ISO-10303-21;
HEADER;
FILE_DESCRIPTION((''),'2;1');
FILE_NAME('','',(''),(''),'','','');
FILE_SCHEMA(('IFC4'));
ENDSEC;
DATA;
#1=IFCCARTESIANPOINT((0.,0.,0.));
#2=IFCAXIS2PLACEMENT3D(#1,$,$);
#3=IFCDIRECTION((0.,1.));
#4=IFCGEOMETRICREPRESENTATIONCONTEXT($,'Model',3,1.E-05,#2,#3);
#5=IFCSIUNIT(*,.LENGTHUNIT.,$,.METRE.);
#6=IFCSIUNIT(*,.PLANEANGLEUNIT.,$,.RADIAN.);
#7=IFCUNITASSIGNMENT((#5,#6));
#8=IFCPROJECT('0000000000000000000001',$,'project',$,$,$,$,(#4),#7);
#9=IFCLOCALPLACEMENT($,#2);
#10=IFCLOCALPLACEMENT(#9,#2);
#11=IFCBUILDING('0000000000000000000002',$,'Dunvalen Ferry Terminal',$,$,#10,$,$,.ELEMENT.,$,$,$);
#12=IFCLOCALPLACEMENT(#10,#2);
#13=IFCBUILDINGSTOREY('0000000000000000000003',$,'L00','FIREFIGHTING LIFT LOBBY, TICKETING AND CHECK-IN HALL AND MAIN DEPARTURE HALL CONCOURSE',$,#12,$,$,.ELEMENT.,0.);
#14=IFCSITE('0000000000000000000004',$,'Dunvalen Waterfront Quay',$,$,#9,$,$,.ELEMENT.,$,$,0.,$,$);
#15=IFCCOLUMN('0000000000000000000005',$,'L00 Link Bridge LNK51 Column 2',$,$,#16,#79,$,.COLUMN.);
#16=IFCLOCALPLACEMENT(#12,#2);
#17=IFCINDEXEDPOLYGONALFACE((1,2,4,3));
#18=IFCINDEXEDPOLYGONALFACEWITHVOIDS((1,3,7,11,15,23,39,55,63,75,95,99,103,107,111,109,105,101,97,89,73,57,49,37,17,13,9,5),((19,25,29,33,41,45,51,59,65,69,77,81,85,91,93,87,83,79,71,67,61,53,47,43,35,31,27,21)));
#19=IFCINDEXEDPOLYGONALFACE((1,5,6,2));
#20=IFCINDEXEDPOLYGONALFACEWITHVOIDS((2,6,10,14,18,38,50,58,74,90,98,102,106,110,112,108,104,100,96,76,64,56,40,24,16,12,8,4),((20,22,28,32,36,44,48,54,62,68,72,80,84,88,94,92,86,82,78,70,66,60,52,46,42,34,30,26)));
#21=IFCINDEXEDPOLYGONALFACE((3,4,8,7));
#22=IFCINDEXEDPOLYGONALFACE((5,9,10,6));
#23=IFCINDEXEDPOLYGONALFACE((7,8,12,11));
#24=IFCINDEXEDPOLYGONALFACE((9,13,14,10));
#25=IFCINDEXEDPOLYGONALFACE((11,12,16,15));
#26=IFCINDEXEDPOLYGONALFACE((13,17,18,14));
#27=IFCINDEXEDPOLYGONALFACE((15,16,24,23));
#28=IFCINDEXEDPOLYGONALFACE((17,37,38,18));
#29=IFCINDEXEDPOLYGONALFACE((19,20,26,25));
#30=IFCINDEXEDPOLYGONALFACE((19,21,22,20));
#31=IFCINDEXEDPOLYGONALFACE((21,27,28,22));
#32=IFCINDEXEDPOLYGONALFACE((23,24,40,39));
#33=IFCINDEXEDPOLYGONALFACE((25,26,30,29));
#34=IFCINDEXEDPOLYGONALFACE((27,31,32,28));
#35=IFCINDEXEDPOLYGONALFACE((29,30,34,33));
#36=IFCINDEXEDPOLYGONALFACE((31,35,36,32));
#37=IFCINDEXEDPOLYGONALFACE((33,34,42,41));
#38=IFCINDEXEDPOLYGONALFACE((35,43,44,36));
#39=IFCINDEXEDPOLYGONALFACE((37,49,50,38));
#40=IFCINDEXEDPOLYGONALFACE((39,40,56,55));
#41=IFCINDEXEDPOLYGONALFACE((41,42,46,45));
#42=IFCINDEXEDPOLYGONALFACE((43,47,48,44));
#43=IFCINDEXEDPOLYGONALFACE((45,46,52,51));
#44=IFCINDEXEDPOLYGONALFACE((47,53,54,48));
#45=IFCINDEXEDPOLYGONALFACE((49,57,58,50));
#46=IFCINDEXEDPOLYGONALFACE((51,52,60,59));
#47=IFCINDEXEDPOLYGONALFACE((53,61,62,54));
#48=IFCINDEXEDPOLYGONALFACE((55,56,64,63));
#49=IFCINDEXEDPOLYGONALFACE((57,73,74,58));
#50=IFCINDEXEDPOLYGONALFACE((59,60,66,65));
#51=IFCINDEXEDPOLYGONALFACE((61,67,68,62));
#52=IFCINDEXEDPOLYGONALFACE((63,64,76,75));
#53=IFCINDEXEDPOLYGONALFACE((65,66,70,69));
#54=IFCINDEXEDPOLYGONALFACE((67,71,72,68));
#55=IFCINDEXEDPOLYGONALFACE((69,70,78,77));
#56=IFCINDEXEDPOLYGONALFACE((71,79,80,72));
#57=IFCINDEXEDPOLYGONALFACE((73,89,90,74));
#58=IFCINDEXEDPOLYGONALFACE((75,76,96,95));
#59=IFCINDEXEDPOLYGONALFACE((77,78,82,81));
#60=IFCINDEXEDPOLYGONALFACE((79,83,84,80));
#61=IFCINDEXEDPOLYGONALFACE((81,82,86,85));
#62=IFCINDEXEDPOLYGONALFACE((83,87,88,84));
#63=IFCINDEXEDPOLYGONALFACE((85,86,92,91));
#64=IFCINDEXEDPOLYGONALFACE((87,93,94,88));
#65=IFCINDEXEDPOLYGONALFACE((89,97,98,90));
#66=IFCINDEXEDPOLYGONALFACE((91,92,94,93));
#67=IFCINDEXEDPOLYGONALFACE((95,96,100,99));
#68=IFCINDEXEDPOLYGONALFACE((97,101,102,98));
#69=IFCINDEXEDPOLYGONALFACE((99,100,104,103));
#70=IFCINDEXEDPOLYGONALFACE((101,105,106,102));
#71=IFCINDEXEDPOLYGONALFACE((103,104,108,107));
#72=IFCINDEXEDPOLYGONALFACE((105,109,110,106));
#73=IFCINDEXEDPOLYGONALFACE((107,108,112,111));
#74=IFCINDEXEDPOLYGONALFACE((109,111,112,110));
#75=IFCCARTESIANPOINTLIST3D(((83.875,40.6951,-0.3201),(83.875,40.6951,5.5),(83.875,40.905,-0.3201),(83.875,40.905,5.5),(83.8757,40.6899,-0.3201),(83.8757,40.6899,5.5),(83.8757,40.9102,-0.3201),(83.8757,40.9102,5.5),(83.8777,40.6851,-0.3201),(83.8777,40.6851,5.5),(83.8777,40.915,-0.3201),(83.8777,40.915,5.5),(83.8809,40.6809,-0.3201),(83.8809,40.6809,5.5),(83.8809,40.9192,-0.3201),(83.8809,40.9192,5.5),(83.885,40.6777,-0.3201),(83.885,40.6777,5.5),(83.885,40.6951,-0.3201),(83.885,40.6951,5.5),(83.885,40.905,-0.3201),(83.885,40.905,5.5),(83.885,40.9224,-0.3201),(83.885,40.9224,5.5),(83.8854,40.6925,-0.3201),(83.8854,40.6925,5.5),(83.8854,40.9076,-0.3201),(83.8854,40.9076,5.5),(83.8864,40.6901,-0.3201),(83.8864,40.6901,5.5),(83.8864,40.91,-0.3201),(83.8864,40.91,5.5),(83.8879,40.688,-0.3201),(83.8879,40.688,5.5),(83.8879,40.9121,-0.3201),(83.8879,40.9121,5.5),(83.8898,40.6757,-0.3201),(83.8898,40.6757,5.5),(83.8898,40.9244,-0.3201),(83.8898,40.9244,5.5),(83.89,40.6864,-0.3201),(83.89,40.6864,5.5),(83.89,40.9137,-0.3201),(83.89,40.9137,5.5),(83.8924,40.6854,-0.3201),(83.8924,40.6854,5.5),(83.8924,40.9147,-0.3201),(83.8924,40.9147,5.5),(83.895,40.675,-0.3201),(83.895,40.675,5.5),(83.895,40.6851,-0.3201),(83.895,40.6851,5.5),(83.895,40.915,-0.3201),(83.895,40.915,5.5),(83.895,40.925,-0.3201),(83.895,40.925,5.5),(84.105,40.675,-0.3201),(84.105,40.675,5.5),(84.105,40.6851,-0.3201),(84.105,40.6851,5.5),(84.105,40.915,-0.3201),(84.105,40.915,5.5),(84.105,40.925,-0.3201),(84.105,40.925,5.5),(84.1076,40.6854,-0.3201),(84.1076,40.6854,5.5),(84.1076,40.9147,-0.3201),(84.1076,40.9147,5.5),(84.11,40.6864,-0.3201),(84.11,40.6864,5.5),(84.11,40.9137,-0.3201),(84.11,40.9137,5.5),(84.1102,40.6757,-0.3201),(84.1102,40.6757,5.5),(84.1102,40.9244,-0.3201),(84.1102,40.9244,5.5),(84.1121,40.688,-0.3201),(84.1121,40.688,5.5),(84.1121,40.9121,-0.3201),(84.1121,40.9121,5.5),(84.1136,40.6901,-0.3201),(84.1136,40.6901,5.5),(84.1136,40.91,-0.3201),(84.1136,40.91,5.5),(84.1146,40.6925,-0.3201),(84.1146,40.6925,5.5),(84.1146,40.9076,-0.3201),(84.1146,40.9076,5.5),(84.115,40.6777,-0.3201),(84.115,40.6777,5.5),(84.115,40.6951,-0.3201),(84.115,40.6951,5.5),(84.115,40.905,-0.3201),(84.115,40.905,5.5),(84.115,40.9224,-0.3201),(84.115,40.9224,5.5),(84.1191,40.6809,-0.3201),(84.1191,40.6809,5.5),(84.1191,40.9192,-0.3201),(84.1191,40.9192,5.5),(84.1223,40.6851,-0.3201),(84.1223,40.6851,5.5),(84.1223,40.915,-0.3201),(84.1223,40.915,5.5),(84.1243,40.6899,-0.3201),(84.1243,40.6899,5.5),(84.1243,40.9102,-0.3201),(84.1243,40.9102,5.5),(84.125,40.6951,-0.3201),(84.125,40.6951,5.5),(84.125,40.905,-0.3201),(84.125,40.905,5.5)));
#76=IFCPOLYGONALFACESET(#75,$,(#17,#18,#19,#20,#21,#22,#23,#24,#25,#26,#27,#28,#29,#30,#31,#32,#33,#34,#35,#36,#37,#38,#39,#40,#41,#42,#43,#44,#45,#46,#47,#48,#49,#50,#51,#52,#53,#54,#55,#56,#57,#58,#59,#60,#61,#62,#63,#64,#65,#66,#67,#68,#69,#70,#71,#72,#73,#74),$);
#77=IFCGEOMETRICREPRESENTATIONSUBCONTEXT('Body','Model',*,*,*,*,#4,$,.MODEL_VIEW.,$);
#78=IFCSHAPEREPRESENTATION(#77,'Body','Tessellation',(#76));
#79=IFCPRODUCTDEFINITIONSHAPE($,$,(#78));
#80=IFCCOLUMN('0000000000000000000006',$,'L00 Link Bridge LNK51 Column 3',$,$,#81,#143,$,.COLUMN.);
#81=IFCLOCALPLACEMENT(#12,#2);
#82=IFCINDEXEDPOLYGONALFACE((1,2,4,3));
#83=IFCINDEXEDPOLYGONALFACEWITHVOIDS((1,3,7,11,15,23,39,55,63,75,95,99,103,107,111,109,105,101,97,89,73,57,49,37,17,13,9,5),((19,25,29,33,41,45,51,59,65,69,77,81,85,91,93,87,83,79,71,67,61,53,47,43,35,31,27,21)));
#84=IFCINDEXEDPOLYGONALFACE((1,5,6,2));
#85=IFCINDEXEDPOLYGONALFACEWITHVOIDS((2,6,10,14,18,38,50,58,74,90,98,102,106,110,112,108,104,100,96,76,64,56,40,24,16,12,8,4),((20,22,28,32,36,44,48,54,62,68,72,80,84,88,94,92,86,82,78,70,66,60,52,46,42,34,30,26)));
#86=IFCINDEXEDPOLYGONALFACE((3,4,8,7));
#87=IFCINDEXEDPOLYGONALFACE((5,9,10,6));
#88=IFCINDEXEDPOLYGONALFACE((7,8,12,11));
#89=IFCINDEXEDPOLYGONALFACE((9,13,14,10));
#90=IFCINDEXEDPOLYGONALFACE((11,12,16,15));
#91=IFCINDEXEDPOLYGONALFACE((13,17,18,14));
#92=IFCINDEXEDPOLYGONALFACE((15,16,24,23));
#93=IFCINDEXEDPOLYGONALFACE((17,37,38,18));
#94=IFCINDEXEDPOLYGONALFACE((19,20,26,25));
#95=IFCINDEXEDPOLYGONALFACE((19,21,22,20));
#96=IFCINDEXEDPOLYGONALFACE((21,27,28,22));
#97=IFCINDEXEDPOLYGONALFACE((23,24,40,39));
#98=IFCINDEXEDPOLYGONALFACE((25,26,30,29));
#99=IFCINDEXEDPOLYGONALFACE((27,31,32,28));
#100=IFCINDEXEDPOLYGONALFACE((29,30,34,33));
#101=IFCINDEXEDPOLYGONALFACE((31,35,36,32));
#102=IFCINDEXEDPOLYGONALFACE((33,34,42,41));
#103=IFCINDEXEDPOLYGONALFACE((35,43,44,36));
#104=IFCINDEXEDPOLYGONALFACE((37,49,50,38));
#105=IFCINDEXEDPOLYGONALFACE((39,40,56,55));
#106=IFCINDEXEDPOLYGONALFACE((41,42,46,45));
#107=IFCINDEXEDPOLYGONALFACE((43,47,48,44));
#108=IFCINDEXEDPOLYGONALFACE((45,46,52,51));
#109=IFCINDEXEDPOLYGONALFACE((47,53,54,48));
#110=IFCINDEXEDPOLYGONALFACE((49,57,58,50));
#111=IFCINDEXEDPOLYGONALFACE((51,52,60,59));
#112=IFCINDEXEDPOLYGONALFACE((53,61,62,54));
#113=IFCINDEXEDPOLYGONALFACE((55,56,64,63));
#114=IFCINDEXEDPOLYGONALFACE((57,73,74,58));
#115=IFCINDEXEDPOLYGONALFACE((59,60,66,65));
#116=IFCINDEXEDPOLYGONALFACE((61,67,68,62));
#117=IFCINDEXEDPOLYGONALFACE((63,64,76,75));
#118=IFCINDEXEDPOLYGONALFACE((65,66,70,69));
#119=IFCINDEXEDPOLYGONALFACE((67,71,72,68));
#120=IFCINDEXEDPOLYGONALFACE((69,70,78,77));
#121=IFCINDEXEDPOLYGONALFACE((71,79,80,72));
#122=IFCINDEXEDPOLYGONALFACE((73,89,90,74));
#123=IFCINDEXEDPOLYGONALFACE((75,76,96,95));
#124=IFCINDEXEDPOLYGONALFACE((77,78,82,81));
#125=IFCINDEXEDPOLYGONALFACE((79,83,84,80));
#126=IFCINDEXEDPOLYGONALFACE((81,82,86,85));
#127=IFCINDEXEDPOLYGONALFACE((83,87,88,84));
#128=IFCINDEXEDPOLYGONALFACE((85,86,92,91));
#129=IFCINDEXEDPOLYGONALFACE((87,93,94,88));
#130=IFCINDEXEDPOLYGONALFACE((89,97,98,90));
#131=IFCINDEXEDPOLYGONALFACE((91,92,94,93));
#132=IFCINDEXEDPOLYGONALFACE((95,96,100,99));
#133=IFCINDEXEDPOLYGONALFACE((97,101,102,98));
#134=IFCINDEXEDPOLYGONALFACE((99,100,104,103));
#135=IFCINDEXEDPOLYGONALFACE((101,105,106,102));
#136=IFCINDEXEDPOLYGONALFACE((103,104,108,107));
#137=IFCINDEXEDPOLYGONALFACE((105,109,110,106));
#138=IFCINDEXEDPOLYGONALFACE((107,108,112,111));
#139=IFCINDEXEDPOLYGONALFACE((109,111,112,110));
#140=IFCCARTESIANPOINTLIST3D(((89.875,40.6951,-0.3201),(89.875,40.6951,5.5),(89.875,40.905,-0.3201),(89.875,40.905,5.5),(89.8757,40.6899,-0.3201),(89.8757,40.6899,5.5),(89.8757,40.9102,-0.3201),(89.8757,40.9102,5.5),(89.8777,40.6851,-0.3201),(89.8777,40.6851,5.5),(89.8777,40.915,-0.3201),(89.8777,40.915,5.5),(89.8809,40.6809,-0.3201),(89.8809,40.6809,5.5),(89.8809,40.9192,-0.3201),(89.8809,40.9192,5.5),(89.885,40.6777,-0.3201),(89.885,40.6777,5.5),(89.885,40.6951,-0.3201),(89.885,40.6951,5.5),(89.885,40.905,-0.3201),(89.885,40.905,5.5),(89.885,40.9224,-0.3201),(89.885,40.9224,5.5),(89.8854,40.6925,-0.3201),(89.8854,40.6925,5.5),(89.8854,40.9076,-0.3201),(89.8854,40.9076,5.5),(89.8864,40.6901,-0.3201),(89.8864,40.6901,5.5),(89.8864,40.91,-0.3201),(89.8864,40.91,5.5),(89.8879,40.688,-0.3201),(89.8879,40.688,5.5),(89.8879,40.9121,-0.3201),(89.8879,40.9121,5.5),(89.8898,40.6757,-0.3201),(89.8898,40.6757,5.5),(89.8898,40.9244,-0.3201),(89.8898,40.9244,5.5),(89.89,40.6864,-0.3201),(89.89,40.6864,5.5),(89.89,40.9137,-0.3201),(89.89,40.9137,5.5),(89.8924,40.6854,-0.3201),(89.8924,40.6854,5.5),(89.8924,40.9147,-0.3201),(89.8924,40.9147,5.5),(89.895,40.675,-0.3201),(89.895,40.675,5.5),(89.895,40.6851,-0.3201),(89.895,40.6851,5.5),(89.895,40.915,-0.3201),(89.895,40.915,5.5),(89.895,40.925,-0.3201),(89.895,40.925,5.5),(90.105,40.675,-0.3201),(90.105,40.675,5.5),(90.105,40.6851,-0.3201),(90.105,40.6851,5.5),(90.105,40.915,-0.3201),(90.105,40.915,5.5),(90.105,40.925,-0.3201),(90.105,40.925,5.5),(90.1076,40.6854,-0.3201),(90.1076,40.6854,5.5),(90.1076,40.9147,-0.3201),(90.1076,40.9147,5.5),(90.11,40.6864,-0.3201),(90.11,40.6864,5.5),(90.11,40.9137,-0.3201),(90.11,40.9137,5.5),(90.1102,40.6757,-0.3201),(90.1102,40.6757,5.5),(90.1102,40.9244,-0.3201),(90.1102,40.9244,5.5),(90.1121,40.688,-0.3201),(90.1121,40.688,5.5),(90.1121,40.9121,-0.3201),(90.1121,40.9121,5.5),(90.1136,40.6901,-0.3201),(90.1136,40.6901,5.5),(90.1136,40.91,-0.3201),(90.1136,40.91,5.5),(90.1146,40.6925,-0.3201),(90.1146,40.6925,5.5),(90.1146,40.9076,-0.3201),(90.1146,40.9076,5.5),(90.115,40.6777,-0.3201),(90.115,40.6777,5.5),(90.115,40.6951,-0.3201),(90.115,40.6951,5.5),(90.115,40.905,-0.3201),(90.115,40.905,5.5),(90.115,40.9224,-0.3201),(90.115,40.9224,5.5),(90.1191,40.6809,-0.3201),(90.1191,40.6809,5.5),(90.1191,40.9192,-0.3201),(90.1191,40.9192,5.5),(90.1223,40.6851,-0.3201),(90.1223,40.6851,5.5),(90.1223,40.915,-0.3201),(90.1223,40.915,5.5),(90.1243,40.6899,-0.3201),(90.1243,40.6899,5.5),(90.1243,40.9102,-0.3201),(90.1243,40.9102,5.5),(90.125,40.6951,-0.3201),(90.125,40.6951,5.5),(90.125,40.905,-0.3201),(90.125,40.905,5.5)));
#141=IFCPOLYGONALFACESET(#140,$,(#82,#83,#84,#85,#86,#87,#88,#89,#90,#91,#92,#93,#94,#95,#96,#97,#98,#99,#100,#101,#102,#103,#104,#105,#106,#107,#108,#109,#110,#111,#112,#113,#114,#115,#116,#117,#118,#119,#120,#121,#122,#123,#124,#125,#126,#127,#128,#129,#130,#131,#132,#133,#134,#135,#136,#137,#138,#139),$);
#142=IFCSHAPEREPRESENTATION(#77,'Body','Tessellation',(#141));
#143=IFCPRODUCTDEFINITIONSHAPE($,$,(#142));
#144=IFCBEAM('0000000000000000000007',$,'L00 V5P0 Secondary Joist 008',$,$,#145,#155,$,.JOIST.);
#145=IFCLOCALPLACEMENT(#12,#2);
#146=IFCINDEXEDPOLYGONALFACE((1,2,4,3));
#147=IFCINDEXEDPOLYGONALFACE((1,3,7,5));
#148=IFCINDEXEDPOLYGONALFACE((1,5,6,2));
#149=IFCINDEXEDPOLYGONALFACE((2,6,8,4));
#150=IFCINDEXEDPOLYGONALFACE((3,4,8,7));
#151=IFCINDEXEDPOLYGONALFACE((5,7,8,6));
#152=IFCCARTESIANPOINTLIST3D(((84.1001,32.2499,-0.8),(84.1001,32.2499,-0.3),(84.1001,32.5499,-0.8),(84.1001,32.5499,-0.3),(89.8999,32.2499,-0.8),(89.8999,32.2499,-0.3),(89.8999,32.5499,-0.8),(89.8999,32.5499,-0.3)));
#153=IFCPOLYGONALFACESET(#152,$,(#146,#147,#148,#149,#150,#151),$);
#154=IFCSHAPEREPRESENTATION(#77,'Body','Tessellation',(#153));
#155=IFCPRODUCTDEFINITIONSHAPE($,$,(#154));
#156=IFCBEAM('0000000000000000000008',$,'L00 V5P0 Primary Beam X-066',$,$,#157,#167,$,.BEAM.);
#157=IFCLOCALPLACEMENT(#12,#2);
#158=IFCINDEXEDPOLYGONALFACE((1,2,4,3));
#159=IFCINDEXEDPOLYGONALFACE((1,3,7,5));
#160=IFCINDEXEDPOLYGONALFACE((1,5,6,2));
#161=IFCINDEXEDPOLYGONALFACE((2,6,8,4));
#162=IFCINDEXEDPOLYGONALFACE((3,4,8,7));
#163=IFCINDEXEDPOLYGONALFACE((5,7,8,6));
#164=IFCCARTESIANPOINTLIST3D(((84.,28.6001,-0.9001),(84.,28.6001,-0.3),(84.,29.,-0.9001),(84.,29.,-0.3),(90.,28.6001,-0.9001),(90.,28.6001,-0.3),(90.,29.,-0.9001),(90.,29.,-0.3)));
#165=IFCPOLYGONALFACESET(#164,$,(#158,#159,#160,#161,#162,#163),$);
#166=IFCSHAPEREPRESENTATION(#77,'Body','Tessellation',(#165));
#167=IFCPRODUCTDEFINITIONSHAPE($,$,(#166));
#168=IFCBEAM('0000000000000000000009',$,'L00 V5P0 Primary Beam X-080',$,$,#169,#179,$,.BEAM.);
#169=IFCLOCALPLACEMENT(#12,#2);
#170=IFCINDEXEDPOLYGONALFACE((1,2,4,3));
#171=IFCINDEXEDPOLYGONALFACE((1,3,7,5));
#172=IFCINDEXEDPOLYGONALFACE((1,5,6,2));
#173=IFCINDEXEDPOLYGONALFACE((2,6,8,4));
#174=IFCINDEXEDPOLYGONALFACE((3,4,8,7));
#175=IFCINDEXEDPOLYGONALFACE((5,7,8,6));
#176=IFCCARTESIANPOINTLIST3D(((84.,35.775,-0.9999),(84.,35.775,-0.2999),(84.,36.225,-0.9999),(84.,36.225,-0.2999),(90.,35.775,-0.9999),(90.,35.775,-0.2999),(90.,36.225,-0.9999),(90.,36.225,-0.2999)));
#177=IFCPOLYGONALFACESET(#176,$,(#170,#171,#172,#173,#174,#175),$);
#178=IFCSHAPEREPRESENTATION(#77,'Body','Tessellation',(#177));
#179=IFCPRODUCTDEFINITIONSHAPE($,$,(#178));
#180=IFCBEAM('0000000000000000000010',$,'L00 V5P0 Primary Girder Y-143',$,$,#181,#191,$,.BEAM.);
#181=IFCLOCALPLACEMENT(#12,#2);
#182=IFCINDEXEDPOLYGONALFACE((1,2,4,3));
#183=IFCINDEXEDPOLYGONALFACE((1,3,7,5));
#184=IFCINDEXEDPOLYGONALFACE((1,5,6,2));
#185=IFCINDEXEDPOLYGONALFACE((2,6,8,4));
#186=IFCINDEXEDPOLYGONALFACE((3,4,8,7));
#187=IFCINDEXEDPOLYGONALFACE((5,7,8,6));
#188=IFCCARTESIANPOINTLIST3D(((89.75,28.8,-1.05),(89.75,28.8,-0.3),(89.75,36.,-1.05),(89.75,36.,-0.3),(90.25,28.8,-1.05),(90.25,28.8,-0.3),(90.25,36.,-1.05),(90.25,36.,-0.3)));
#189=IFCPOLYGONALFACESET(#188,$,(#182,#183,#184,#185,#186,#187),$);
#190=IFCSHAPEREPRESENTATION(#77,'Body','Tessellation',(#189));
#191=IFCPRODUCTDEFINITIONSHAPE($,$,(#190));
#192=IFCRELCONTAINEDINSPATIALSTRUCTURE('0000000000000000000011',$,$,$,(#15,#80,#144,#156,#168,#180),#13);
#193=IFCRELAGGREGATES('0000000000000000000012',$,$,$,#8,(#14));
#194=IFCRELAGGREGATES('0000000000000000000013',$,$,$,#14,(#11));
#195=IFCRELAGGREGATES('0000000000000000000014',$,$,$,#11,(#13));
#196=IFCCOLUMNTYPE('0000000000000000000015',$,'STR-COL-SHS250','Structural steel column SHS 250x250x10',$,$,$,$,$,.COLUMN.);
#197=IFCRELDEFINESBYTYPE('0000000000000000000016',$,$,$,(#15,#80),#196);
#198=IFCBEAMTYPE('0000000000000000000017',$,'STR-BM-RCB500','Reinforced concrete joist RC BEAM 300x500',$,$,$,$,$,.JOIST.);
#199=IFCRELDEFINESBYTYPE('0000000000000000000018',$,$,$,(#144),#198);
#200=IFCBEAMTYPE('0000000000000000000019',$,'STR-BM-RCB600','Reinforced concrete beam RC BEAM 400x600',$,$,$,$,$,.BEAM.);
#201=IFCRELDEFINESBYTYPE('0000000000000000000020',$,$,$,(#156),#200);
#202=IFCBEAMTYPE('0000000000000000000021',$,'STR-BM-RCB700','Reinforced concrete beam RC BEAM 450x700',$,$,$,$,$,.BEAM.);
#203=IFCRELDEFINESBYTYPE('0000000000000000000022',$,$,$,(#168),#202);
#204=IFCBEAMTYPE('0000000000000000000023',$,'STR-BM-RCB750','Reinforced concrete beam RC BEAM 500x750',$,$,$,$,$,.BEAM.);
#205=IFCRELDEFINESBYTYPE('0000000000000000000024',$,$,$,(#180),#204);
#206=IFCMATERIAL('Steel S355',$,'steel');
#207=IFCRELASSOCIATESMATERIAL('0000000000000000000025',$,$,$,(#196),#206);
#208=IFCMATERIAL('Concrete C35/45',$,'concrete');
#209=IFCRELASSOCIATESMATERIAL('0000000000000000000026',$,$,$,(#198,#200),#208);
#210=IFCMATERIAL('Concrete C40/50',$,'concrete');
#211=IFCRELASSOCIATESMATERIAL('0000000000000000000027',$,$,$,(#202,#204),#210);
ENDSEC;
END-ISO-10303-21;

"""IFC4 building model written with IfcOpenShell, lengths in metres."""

from ifc_helpers import new_model, si_unit, direction, frame, origin, origin_2d, place, context, subcontext, project, spatial, rectangle, hollow_rectangle, extrude, material, material_profile, profile_set, type_object, element, save


model = new_model("IFC4")

# Units and contexts
model_context = context("Model", 3, precision=1e-05, world=origin(), true_north=direction((0.0, 1.0)))
body_context = subcontext(model_context, "Body", "Model", "MODEL_VIEW")
ifc_project = project(units=[si_unit("LENGTHUNIT", "METRE"), si_unit("PLANEANGLEUNIT", "RADIAN")], contexts=[model_context])

# Site, building, storey
site_placement = place(None, origin())
site = spatial("IfcSite", under=ifc_project, at=site_placement, Name="Dunvalen Waterfront Quay", CompositionType="ELEMENT", RefElevation=0.0)
building_placement = place(site_placement, origin())
building = spatial("IfcBuilding", under=site, at=building_placement, Name="Dunvalen Ferry Terminal", CompositionType="ELEMENT")
storey_placement = place(building_placement, origin())
storey = spatial("IfcBuildingStorey", under=building, at=storey_placement, Name="L00", Description="FIREFIGHTING LIFT LOBBY, TICKETING AND CHECK-IN HALL AND MAIN DEPARTURE HALL CONCOURSE", CompositionType="ELEMENT", Elevation=0.0)

# Shared definitions
ifc_material_1 = material(Name="Concrete C40/50", Category="concrete")

# Columns
ifc_material_2 = material(Name="Steel S355", Category="steel")
ifc_material_profile_1 = material_profile(ifc_material_2, hollow_rectangle(XDim=0.25, YDim=0.25, WallThickness=0.01, InnerFilletRadius=0.01, OuterFilletRadius=0.02, at=origin_2d()), Name="Steel S355")
ifc_profile_set_1 = profile_set([ifc_material_profile_1], Name="Steel S355")
column_type_1 = type_object("IfcColumnType", Name="STR-COL-SHS250", Description="Structural steel column SHS 250x250x10", PredefinedType="COLUMN", material=ifc_profile_set_1)
for number, where, z_axis, x_axis, name in (
    (1, (84.0, 40.8, -0.3201), (0.0, 0.0, 1.0), (1.0, 0.0, 0.0), "L00 Link Bridge LNK51 Column 2"),
    (2, (90.0, 40.8, -0.3201), (0.0, 0.0, 1.0), (1.0, 0.0, 0.0), "L00 Link Bridge LNK51 Column 3"),
):
    element("IfcColumn", number, at=place(storey_placement, frame(where, z_axis=z_axis, x_axis=x_axis)), inside=storey, type_object=column_type_1, Name=name, PredefinedType="COLUMN", context=body_context, shape_type="SweptSolid", body=[
        extrude(hollow_rectangle(XDim=0.25, YDim=0.25, WallThickness=0.01, InnerFilletRadius=0.01, OuterFilletRadius=0.02, at=origin_2d()), origin(), (0.0, 0.0, 1.0), 5.8201),
    ])

# Beams
ifc_material_3 = material(Name="Concrete C35/45", Category="concrete")
ifc_material_profile_2 = material_profile(ifc_material_3, rectangle(XDim=0.3, YDim=0.5, at=origin_2d()), Name="Concrete C35/45")
ifc_profile_set_2 = profile_set([ifc_material_profile_2], Name="Concrete C35/45")
beam_type_1 = type_object("IfcBeamType", Name="STR-BM-RCB500", Description="Reinforced concrete joist RC BEAM 300x500", PredefinedType="JOIST", material=ifc_profile_set_2)
beam_1_placement = place(storey_placement, frame((84.1001, 32.3999, -0.55), z_axis=(1.0, 0.0, 0.0), x_axis=(0.0, 1.0, 0.0)))
element("IfcBeam", 3, at=beam_1_placement, inside=storey, type_object=beam_type_1, Name="L00 V5P0 Secondary Joist 008", PredefinedType="JOIST", context=body_context, shape_type="SweptSolid", body=[
    extrude(rectangle(XDim=0.3, YDim=0.5, at=origin_2d()), origin(), (0.0, 0.0, 1.0), 5.7998),
])
ifc_material_profile_3 = material_profile(ifc_material_3, rectangle(XDim=0.3999, YDim=0.6001, at=origin_2d()), Name="Concrete C35/45")
ifc_profile_set_3 = profile_set([ifc_material_profile_3], Name="Concrete C35/45")
beam_type_2 = type_object("IfcBeamType", Name="STR-BM-RCB600", Description="Reinforced concrete beam RC BEAM 400x600", PredefinedType="BEAM", material=ifc_profile_set_3)
beam_2_placement = place(storey_placement, frame((84.0, 28.8, -0.6001), z_axis=(1.0, 0.0, 0.0), x_axis=(0.0, 1.0, 0.0)))
element("IfcBeam", 4, at=beam_2_placement, inside=storey, type_object=beam_type_2, Name="L00 V5P0 Primary Beam X-066", PredefinedType="BEAM", context=body_context, shape_type="SweptSolid", body=[
    extrude(rectangle(XDim=0.3999, YDim=0.6001, at=origin_2d()), origin(), (0.0, 0.0, 1.0), 6.0),
])
ifc_material_profile_4 = material_profile(ifc_material_1, rectangle(XDim=0.45, YDim=0.7, at=origin_2d()), Name="Concrete C40/50")
ifc_profile_set_4 = profile_set([ifc_material_profile_4], Name="Concrete C40/50")
beam_type_3 = type_object("IfcBeamType", Name="STR-BM-RCB700", Description="Reinforced concrete beam RC BEAM 450x700", PredefinedType="BEAM", material=ifc_profile_set_4)
beam_3_placement = place(storey_placement, frame((84.0, 36.0, -0.6499), z_axis=(1.0, 0.0, 0.0), x_axis=(0.0, 1.0, 0.0)))
element("IfcBeam", 5, at=beam_3_placement, inside=storey, type_object=beam_type_3, Name="L00 V5P0 Primary Beam X-080", PredefinedType="BEAM", context=body_context, shape_type="SweptSolid", body=[
    extrude(rectangle(XDim=0.45, YDim=0.7, at=origin_2d()), origin(), (0.0, 0.0, 1.0), 6.0),
])
ifc_material_profile_5 = material_profile(ifc_material_1, rectangle(XDim=0.5, YDim=0.75, at=origin_2d()), Name="Concrete C40/50")
ifc_profile_set_5 = profile_set([ifc_material_profile_5], Name="Concrete C40/50")
beam_type_4 = type_object("IfcBeamType", Name="STR-BM-RCB750", Description="Reinforced concrete beam RC BEAM 500x750", PredefinedType="BEAM", material=ifc_profile_set_5)
beam_4_placement = place(storey_placement, frame((90.0, 28.8, -0.675), z_axis=(0.0, 1.0, 0.0), x_axis=(-1.0, 0.0, 0.0)))
element("IfcBeam", 6, at=beam_4_placement, inside=storey, type_object=beam_type_4, Name="L00 V5P0 Primary Girder Y-143", PredefinedType="BEAM", context=body_context, shape_type="SweptSolid", body=[
    extrude(rectangle(XDim=0.5, YDim=0.75, at=origin_2d()), origin(), (0.0, 0.0, 1.0), 7.2),
])

save(model, "model.ifc")
